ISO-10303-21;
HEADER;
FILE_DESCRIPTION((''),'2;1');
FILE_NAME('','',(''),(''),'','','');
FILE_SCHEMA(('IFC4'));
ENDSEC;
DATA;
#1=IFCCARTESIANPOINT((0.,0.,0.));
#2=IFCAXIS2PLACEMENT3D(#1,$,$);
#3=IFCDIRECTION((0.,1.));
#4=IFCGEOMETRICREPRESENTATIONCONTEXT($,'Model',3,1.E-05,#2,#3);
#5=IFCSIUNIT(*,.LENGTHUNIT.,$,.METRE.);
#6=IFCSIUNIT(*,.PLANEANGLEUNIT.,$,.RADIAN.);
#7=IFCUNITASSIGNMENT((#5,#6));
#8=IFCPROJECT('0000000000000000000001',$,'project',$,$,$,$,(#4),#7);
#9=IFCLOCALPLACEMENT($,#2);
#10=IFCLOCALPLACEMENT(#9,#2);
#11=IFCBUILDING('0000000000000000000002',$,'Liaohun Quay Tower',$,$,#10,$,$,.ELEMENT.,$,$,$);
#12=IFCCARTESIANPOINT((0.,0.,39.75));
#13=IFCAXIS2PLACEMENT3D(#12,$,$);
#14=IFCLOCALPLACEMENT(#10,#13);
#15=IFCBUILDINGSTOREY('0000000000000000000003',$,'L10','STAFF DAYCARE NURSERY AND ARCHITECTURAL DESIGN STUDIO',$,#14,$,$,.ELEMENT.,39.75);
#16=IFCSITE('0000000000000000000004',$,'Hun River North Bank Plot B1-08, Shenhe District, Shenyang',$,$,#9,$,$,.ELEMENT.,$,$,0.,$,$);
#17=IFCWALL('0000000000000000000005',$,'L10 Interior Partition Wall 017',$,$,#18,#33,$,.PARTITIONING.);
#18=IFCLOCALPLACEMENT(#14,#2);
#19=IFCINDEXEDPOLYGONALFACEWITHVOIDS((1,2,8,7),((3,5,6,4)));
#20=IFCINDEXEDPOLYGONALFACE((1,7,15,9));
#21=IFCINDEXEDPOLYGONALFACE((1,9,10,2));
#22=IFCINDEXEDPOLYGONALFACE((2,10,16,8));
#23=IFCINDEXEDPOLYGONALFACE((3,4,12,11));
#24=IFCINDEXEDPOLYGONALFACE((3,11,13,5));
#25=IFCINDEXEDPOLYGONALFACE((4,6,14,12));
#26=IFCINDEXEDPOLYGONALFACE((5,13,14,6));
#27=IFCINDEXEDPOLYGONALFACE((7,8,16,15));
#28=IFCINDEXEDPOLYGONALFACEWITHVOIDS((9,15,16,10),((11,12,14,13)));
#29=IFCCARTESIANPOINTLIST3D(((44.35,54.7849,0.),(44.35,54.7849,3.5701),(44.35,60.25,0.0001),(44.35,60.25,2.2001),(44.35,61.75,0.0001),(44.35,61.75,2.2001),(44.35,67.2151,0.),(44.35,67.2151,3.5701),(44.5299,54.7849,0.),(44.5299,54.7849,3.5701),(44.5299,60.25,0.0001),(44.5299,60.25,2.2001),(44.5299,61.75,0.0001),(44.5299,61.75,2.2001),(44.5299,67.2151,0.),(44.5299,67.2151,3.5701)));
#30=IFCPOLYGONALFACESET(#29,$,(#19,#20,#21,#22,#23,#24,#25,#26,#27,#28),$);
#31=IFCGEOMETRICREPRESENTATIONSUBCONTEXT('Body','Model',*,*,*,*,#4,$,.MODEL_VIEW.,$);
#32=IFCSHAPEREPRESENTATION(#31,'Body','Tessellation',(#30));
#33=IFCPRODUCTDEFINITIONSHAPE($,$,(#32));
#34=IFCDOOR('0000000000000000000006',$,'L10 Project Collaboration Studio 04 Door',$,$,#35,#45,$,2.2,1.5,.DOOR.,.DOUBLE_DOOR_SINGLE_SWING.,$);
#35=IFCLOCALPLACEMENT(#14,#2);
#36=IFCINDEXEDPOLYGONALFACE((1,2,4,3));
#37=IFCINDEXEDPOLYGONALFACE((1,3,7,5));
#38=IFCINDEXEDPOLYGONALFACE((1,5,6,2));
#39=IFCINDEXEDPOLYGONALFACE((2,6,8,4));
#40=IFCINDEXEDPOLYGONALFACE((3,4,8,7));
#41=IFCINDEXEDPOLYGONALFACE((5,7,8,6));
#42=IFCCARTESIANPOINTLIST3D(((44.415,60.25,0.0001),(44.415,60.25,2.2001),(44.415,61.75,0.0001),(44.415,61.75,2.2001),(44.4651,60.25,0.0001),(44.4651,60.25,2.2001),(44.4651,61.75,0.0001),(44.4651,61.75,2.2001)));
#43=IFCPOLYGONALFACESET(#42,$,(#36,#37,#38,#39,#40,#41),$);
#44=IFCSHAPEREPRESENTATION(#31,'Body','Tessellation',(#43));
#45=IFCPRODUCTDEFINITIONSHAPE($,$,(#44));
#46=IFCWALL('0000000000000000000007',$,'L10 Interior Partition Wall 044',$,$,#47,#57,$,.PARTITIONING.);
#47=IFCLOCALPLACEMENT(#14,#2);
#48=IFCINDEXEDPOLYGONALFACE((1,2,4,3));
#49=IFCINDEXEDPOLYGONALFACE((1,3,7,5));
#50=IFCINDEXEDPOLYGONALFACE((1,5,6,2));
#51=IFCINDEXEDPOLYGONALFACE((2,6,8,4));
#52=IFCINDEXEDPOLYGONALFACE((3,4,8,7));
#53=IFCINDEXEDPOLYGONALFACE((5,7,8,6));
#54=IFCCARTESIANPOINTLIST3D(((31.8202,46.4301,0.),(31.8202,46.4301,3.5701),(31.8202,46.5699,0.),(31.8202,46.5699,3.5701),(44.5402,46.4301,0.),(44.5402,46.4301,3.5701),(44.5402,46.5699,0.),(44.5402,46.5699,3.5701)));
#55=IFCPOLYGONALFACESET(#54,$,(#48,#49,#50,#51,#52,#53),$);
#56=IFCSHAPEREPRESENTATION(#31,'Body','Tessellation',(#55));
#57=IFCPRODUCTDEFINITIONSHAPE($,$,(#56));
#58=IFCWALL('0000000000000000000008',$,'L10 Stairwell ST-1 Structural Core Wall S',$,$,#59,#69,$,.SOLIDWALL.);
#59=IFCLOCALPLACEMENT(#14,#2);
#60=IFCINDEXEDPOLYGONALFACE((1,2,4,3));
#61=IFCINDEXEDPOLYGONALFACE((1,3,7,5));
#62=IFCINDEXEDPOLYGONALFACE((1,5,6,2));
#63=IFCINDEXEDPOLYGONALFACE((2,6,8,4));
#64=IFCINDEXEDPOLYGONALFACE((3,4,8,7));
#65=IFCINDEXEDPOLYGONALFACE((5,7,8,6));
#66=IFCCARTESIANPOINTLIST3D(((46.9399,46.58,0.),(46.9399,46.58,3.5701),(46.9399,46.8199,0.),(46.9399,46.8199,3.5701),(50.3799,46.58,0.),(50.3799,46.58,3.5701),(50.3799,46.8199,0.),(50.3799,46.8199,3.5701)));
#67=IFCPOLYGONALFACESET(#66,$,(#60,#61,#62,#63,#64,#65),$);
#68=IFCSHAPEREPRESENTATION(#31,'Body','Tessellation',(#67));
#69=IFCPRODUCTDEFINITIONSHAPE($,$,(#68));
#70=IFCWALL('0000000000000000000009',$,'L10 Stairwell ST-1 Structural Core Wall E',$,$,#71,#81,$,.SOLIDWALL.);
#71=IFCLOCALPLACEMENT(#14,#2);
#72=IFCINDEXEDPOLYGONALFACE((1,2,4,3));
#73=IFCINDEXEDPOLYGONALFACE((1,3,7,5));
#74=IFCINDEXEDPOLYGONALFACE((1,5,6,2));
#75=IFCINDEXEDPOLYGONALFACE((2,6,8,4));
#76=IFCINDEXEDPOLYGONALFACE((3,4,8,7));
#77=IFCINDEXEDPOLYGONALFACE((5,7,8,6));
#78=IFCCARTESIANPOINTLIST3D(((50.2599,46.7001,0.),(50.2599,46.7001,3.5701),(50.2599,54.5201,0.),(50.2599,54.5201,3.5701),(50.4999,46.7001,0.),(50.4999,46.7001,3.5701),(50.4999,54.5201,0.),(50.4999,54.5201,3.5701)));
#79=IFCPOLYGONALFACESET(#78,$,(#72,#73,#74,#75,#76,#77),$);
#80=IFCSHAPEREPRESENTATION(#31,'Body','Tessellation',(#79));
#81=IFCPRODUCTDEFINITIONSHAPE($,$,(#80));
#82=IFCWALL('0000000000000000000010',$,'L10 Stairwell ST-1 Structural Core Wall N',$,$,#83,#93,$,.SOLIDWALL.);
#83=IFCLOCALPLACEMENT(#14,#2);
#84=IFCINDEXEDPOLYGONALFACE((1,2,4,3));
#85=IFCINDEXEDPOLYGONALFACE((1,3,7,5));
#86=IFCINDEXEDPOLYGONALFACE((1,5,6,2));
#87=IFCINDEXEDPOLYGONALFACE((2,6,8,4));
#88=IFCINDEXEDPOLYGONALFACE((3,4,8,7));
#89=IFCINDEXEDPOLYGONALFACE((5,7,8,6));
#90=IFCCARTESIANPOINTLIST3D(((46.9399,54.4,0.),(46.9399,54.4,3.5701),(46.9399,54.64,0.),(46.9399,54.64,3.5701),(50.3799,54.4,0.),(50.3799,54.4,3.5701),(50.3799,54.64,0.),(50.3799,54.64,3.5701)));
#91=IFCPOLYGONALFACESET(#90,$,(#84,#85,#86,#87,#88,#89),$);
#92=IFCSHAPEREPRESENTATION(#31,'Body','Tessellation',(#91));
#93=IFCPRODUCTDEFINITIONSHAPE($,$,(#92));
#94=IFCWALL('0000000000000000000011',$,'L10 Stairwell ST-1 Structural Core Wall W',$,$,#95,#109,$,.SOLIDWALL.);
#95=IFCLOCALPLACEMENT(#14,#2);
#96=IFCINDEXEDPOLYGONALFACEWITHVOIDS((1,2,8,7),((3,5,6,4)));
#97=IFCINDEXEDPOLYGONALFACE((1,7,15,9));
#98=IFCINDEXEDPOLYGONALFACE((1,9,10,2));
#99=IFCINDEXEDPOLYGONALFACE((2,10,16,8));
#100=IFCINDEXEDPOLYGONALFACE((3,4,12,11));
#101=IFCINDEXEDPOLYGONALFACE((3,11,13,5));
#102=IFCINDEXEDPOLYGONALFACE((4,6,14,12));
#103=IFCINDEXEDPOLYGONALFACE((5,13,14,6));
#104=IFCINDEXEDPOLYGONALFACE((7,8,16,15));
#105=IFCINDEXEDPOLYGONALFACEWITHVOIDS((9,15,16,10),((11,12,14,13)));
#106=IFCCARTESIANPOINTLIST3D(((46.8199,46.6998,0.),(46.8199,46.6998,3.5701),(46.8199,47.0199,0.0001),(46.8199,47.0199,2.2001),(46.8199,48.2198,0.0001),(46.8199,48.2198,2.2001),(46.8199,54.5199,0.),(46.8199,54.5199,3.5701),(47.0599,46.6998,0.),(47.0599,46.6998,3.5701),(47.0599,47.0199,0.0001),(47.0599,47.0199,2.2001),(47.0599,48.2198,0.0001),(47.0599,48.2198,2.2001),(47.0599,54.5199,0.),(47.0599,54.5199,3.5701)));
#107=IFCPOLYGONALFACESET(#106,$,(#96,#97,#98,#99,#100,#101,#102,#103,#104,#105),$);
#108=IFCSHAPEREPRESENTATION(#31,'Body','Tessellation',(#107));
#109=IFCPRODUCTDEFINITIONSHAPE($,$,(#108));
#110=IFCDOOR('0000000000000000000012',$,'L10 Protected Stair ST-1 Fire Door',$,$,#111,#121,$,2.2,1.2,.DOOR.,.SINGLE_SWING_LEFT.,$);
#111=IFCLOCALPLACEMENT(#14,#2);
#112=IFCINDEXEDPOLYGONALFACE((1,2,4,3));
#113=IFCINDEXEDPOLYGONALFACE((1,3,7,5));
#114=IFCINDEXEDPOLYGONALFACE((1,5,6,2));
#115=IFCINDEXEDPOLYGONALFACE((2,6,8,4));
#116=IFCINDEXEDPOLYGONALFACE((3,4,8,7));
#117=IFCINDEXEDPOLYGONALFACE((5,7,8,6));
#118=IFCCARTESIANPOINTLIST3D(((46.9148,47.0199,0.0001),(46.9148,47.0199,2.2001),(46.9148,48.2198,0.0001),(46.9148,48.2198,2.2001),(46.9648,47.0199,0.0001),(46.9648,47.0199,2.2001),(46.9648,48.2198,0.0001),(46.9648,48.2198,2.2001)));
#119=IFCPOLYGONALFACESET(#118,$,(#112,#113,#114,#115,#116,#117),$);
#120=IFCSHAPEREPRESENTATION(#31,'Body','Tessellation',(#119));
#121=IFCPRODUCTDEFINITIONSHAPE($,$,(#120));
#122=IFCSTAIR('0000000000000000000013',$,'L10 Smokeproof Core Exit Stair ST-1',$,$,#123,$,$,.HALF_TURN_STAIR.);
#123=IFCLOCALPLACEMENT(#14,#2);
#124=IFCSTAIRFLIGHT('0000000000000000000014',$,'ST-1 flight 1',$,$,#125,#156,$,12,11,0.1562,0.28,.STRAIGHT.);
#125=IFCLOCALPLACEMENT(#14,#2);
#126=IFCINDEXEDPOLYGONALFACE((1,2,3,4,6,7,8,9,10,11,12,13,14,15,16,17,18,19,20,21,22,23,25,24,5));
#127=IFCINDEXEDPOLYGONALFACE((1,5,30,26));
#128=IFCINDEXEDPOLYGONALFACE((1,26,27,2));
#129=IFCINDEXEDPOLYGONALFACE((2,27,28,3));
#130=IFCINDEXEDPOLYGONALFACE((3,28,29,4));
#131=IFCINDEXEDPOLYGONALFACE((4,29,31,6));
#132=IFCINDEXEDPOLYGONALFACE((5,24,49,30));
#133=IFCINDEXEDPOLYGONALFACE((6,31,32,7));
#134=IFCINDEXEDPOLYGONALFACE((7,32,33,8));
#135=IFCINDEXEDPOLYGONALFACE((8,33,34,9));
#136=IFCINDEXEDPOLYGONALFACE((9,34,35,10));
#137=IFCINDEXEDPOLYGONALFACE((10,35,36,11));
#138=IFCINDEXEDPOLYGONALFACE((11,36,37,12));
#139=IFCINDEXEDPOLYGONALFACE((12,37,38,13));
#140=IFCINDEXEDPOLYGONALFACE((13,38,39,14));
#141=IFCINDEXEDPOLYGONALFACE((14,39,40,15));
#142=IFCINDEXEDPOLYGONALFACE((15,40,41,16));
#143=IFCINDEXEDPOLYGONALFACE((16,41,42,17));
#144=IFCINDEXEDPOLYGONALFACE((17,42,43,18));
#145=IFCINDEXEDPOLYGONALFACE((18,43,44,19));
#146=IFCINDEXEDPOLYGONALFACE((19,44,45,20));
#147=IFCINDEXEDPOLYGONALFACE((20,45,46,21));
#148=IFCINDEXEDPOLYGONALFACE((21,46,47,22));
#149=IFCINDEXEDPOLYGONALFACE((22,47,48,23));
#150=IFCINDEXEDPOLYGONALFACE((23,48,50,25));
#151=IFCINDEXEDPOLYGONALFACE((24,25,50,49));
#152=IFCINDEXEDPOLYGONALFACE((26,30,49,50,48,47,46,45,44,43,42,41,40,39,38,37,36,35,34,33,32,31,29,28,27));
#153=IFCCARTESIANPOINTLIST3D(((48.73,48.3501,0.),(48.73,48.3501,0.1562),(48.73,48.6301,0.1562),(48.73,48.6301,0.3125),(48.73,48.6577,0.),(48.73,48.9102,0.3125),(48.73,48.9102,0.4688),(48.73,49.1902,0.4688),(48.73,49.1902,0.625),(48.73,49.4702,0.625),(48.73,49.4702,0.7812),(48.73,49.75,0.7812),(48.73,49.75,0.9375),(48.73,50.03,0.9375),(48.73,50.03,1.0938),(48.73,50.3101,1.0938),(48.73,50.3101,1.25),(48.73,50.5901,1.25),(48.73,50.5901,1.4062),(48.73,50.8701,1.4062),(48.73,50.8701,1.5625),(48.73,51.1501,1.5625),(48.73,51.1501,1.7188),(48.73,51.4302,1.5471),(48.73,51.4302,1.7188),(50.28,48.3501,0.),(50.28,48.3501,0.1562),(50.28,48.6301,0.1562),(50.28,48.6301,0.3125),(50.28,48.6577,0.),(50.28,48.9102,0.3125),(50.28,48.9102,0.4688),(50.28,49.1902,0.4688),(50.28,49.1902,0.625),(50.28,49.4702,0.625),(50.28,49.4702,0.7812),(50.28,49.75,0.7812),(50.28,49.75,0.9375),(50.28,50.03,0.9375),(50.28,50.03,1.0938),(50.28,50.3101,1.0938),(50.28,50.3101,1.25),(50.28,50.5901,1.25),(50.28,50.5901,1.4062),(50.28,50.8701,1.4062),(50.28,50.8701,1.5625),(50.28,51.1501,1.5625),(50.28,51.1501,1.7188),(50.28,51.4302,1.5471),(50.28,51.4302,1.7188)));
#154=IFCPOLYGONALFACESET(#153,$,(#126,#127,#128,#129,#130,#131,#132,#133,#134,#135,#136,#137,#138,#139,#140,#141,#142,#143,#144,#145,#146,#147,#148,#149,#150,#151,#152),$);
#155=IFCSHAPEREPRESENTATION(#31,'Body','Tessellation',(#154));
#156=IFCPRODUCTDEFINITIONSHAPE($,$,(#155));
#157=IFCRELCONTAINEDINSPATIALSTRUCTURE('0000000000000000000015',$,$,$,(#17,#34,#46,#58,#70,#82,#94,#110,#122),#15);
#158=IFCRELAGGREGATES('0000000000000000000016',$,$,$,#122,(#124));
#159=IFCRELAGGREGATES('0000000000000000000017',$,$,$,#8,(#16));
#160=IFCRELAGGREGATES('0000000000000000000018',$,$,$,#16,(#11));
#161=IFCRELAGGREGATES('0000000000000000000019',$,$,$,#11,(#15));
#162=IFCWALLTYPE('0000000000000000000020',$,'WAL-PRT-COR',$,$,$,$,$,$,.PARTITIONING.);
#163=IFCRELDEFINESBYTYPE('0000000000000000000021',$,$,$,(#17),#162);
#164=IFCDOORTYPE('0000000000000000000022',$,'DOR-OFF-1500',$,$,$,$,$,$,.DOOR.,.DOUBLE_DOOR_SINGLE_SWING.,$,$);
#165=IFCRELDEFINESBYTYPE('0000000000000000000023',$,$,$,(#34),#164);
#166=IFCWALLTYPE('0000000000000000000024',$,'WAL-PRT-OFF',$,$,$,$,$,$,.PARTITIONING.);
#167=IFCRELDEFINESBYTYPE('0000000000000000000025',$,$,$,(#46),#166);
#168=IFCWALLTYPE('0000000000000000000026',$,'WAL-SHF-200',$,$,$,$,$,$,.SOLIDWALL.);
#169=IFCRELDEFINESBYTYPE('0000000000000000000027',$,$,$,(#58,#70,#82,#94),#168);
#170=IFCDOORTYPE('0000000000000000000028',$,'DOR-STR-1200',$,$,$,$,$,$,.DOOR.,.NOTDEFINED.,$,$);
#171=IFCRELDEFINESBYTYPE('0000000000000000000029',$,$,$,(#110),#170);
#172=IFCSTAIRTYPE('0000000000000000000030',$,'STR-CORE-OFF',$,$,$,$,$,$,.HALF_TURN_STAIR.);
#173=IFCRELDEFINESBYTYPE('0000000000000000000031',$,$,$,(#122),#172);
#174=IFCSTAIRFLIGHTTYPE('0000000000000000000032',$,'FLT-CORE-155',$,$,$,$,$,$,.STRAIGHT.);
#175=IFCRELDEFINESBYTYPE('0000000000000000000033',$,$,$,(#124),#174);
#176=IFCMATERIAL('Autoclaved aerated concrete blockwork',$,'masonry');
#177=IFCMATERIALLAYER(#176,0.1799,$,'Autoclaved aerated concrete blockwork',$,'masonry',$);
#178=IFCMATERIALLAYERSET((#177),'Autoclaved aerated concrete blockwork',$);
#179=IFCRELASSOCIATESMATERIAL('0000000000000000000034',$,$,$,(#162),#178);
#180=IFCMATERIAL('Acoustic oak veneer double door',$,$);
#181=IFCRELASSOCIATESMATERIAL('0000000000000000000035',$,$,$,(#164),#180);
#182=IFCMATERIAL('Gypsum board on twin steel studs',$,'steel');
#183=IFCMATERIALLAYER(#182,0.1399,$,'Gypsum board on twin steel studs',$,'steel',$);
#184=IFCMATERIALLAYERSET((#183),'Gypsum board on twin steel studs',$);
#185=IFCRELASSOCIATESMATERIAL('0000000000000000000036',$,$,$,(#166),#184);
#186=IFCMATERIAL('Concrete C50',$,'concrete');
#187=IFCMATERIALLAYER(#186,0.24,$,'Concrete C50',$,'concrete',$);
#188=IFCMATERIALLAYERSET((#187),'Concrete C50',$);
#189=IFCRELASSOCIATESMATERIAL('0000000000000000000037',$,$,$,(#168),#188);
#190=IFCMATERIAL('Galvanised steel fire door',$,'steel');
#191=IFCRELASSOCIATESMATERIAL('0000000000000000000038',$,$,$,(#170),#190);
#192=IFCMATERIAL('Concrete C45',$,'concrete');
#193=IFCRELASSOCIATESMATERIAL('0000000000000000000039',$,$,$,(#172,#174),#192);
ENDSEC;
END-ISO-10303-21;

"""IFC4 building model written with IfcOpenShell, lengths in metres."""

from ifc_helpers import new_model, si_unit, direction, frame, frame_2d, origin, place, context, subcontext, project, spatial, polyline, rectangle, outline, extrude, source, transform, mapped, material, layer, layer_set, type_object, element, fill, aggregate, save


model = new_model("IFC4")

# Units and contexts
model_context = context("Model", 3, precision=1e-05, world=origin(), true_north=direction((0.0, 1.0)))
body_context = subcontext(model_context, "Body", "Model", "MODEL_VIEW")
ifc_project = project(units=[si_unit("LENGTHUNIT", "METRE"), si_unit("PLANEANGLEUNIT", "RADIAN")], contexts=[model_context])

# Site, building, storey
site_placement = place(None, origin())
site = spatial("IfcSite", under=ifc_project, at=site_placement, Name="Hun River North Bank Plot B1-08, Shenhe District, Shenyang", CompositionType="ELEMENT", RefElevation=0.0)
building_placement = place(site_placement, origin())
building = spatial("IfcBuilding", under=site, at=building_placement, Name="Liaohun Quay Tower", CompositionType="ELEMENT")
storey_placement = place(building_placement, frame((0.0, 0.0, 39.75)))
storey = spatial("IfcBuildingStorey", under=building, at=storey_placement, Name="L10", Description="STAFF DAYCARE NURSERY AND ARCHITECTURAL DESIGN STUDIO", CompositionType="ELEMENT", Elevation=39.75)

# Wall, opening, door
ifc_material_1 = material(Name="Autoclaved aerated concrete blockwork", Category="masonry")
ifc_layer_1 = layer(ifc_material_1, 0.1799, Name="Autoclaved aerated concrete blockwork", Category="masonry")
ifc_layer_set_1 = layer_set([ifc_layer_1], Name="Autoclaved aerated concrete blockwork")
wall_type_1 = type_object("IfcWallType", Name="WAL-PRT-COR", PredefinedType="PARTITIONING", material=ifc_layer_set_1)
wall_1_placement = place(storey_placement, frame((44.4399, 54.7849, 0.0), z_axis=(0.0, 0.0, 1.0), x_axis=(0.0, 1.0, 0.0)))
wall_1 = element("IfcWall", 1, at=wall_1_placement, inside=storey, type_object=wall_type_1, Name="L10 Interior Partition Wall 017", PredefinedType="PARTITIONING", context=body_context, shape_type="SweptSolid", body=[
    extrude(rectangle(XDim=12.4302, YDim=0.1799, at=frame_2d((6.2151, 0.0))), origin(), (0.0, 0.0, 1.0), 3.5701),
])
shared_shape_1 = source(origin(), body_context, "Body", "SweptSolid", [
    extrude(rectangle(XDim=1.5, YDim=2.2, at=frame_2d((0.75, 1.1001))), frame((0.0, 0.0999, 0.0), z_axis=(0.0, -1.0, 0.0), x_axis=(1.0, 0.0, 0.0)), (0.0, 0.0, 1.0), 0.2),
])
opening_1_placement = place(wall_1_placement, frame((5.4651, 0.0, 0.0)))
opening_1 = element("IfcOpeningElement", 2, at=opening_1_placement, cuts=wall_1, PredefinedType="OPENING", context=body_context, shape_type="MappedRepresentation", body=[
    mapped(shared_shape_1, transform((0.0, 0.0, 0.0), x_axis=(1.0, 0.0, 0.0), y_axis=(0.0, 1.0, 0.0), z_axis=(0.0, 0.0, 1.0), scale=1.0)),
])
ifc_material_2 = material(Name="Acoustic oak veneer double door")
door_type_1 = type_object("IfcDoorType", Name="DOR-OFF-1500", OperationType="DOUBLE_DOOR_SINGLE_SWING", PredefinedType="DOOR", material=ifc_material_2)
shared_shape_2 = source(origin(), body_context, "Body", "SweptSolid", [
    extrude(rectangle(XDim=1.5, YDim=2.2, at=frame_2d((0.75, 1.1001))), frame((0.0, 0.0249, 0.0), z_axis=(0.0, -1.0, 0.0), x_axis=(1.0, 0.0, 0.0)), (0.0, 0.0, 1.0), 0.05),
])
door_1_placement = place(opening_1_placement, origin())
door_1 = element("IfcDoor", 3, at=door_1_placement, inside=storey, type_object=door_type_1, Name="L10 Project Collaboration Studio 04 Door", OperationType="DOUBLE_DOOR_SINGLE_SWING", OverallHeight=2.2, OverallWidth=1.5, PredefinedType="DOOR", context=body_context, shape_type="MappedRepresentation", body=[
    mapped(shared_shape_2, transform((0.0, 0.0, 0.0), x_axis=(1.0, 0.0, 0.0), y_axis=(0.0, 1.0, 0.0), z_axis=(0.0, 0.0, 1.0), scale=1.0)),
])
fill(opening_1, door_1)

# Walls
ifc_material_3 = material(Name="Gypsum board on twin steel studs", Category="steel")
ifc_layer_2 = layer(ifc_material_3, 0.1399, Name="Gypsum board on twin steel studs", Category="steel")
ifc_layer_set_2 = layer_set([ifc_layer_2], Name="Gypsum board on twin steel studs")
wall_type_2 = type_object("IfcWallType", Name="WAL-PRT-OFF", PredefinedType="PARTITIONING", material=ifc_layer_set_2)
wall_2_placement = place(storey_placement, frame((44.54, 46.5, 0.0), z_axis=(0.0, 0.0, 1.0), x_axis=(-1.0, 0.0, 0.0)))
element("IfcWall", 4, at=wall_2_placement, inside=storey, type_object=wall_type_2, Name="L10 Interior Partition Wall 044", PredefinedType="PARTITIONING", context=body_context, shape_type="SweptSolid", body=[
    extrude(rectangle(XDim=12.72, YDim=0.1399, at=frame_2d((6.3599, 0.0))), origin(), (0.0, 0.0, 1.0), 3.5701),
])
ifc_material_4 = material(Name="Concrete C50", Category="concrete")
ifc_layer_3 = layer(ifc_material_4, 0.24, Name="Concrete C50", Category="concrete")
ifc_layer_set_3 = layer_set([ifc_layer_3], Name="Concrete C50")
wall_type_3 = type_object("IfcWallType", Name="WAL-SHF-200", PredefinedType="SOLIDWALL", material=ifc_layer_set_3)
wall_3_placement = place(storey_placement, frame((46.9399, 46.7, 0.0), z_axis=(0.0, 0.0, 1.0), x_axis=(1.0, 0.0, 0.0)))
element("IfcWall", 5, at=wall_3_placement, inside=storey, type_object=wall_type_3, Name="L10 Stairwell ST-1 Structural Core Wall S", PredefinedType="SOLIDWALL", context=body_context, shape_type="SweptSolid", body=[
    extrude(rectangle(XDim=3.4399, YDim=0.24, at=frame_2d((1.72, 0.0))), origin(), (0.0, 0.0, 1.0), 3.5701),
])
wall_4_placement = place(storey_placement, frame((50.3799, 46.7, 0.0), z_axis=(0.0, 0.0, 1.0), x_axis=(0.0, 1.0, 0.0)))
element("IfcWall", 6, at=wall_4_placement, inside=storey, type_object=wall_type_3, Name="L10 Stairwell ST-1 Structural Core Wall E", PredefinedType="SOLIDWALL", context=body_context, shape_type="SweptSolid", body=[
    extrude(rectangle(XDim=7.8201, YDim=0.24, at=frame_2d((3.9102, 0.0))), origin(), (0.0, 0.0, 1.0), 3.5701),
])
wall_5_placement = place(storey_placement, frame((50.3799, 54.52, 0.0), z_axis=(0.0, 0.0, 1.0), x_axis=(-1.0, 0.0, 0.0)))
element("IfcWall", 7, at=wall_5_placement, inside=storey, type_object=wall_type_3, Name="L10 Stairwell ST-1 Structural Core Wall N", PredefinedType="SOLIDWALL", context=body_context, shape_type="SweptSolid", body=[
    extrude(rectangle(XDim=3.4399, YDim=0.24, at=frame_2d((1.72, 0.0))), origin(), (0.0, 0.0, 1.0), 3.5701),
])

# Wall, opening, door
wall_6_placement = place(storey_placement, frame((46.9399, 54.52, 0.0), z_axis=(0.0, 0.0, 1.0), x_axis=(0.0, -1.0, 0.0)))
wall_6 = element("IfcWall", 8, at=wall_6_placement, inside=storey, type_object=wall_type_3, Name="L10 Stairwell ST-1 Structural Core Wall W", PredefinedType="SOLIDWALL", context=body_context, shape_type="SweptSolid", body=[
    extrude(rectangle(XDim=7.8201, YDim=0.24, at=frame_2d((3.9102, 0.0))), origin(), (0.0, 0.0, 1.0), 3.5701),
])
shared_shape_3 = source(origin(), body_context, "Body", "SweptSolid", [
    extrude(rectangle(XDim=1.2, YDim=2.2, at=frame_2d((0.6001, 1.1001))), frame((0.0, 0.1299, 0.0), z_axis=(0.0, -1.0, 0.0), x_axis=(1.0, 0.0, 0.0)), (0.0, 0.0, 1.0), 0.26),
])
opening_2_placement = place(wall_6_placement, frame((6.3, 0.0, 0.0)))
opening_2 = element("IfcOpeningElement", 9, at=opening_2_placement, cuts=wall_6, PredefinedType="OPENING", context=body_context, shape_type="MappedRepresentation", body=[
    mapped(shared_shape_3, transform((0.0, 0.0, 0.0), x_axis=(1.0, 0.0, 0.0), y_axis=(0.0, 1.0, 0.0), z_axis=(0.0, 0.0, 1.0), scale=1.0)),
])
ifc_material_5 = material(Name="Galvanised steel fire door", Category="steel")
door_type_2 = type_object("IfcDoorType", Name="DOR-STR-1200", OperationType="NOTDEFINED", PredefinedType="DOOR", material=ifc_material_5)
shared_shape_4 = source(origin(), body_context, "Body", "SweptSolid", [
    extrude(rectangle(XDim=1.2, YDim=2.2, at=frame_2d((0.6001, 1.1001))), frame((0.0, 0.0249, 0.0), z_axis=(0.0, -1.0, 0.0), x_axis=(1.0, 0.0, 0.0)), (0.0, 0.0, 1.0), 0.05),
])
door_2_placement = place(opening_2_placement, origin())
door_2 = element("IfcDoor", 10, at=door_2_placement, inside=storey, type_object=door_type_2, Name="L10 Protected Stair ST-1 Fire Door", OperationType="SINGLE_SWING_LEFT", OverallHeight=2.2, OverallWidth=1.2, PredefinedType="DOOR", context=body_context, shape_type="MappedRepresentation", body=[
    mapped(shared_shape_4, transform((0.0, 0.0, 0.0), x_axis=(1.0, 0.0, 0.0), y_axis=(0.0, 1.0, 0.0), z_axis=(0.0, 0.0, 1.0), scale=1.0)),
])
fill(opening_2, door_2)

# Stair, stair flight
ifc_material_6 = material(Name="Concrete C45", Category="concrete")
stair_type = type_object("IfcStairType", Name="STR-CORE-OFF", PredefinedType="HALF_TURN_STAIR", material=ifc_material_6)
stair_placement = place(storey_placement, origin())
stair = element("IfcStair", 11, at=stair_placement, inside=storey, type_object=stair_type, Name="L10 Smokeproof Core Exit Stair ST-1", PredefinedType="HALF_TURN_STAIR")
stair_flight_type = type_object("IfcStairFlightType", Name="FLT-CORE-155", PredefinedType="STRAIGHT", material=ifc_material_6)
stair_flight_1_placement = place(storey_placement, frame((49.5049, 48.3501, 0.0), z_axis=(0.0, 0.0, 1.0), x_axis=(0.0, 1.0, 0.0)))
stair_flight_1 = element("IfcStairFlight", 12, at=stair_flight_1_placement, type_object=stair_flight_type, Name="ST-1 flight 1", NumberOfRisers=12, NumberOfTreads=11, PredefinedType="STRAIGHT", RiserHeight=0.1562, TreadLength=0.28, context=body_context, shape_type="SweptSolid", body=[
    extrude(outline(polyline([(0.0, 0.0), (0.0, 0.1562), (0.28, 0.1562), (0.28, 0.3125), (0.5601, 0.3125), (0.5601, 0.4688), (0.8401, 0.4688), (0.8401, 0.625), (1.1201, 0.625), (1.1201, 0.7812), (1.3999, 0.7812), (1.3999, 0.9375), (1.6799, 0.9375), (1.6799, 1.0938), (1.96, 1.0938), (1.96, 1.25), (2.24, 1.25), (2.24, 1.4062), (2.52, 1.4062), (2.52, 1.5625), (2.8, 1.5625), (2.8, 1.7188), (3.0801, 1.7188), (3.0801, 1.875), (3.0801, 1.5471), (0.3076, 0.0), (0.0, 0.0)])), frame((0.0, 0.7749, 0.0), z_axis=(0.0, -1.0, 0.0), x_axis=(1.0, 0.0, 0.0)), (0.0, 0.0, 1.0), 1.55),
])
aggregate(stair, [stair_flight_1])

save(model, "model.ifc")
